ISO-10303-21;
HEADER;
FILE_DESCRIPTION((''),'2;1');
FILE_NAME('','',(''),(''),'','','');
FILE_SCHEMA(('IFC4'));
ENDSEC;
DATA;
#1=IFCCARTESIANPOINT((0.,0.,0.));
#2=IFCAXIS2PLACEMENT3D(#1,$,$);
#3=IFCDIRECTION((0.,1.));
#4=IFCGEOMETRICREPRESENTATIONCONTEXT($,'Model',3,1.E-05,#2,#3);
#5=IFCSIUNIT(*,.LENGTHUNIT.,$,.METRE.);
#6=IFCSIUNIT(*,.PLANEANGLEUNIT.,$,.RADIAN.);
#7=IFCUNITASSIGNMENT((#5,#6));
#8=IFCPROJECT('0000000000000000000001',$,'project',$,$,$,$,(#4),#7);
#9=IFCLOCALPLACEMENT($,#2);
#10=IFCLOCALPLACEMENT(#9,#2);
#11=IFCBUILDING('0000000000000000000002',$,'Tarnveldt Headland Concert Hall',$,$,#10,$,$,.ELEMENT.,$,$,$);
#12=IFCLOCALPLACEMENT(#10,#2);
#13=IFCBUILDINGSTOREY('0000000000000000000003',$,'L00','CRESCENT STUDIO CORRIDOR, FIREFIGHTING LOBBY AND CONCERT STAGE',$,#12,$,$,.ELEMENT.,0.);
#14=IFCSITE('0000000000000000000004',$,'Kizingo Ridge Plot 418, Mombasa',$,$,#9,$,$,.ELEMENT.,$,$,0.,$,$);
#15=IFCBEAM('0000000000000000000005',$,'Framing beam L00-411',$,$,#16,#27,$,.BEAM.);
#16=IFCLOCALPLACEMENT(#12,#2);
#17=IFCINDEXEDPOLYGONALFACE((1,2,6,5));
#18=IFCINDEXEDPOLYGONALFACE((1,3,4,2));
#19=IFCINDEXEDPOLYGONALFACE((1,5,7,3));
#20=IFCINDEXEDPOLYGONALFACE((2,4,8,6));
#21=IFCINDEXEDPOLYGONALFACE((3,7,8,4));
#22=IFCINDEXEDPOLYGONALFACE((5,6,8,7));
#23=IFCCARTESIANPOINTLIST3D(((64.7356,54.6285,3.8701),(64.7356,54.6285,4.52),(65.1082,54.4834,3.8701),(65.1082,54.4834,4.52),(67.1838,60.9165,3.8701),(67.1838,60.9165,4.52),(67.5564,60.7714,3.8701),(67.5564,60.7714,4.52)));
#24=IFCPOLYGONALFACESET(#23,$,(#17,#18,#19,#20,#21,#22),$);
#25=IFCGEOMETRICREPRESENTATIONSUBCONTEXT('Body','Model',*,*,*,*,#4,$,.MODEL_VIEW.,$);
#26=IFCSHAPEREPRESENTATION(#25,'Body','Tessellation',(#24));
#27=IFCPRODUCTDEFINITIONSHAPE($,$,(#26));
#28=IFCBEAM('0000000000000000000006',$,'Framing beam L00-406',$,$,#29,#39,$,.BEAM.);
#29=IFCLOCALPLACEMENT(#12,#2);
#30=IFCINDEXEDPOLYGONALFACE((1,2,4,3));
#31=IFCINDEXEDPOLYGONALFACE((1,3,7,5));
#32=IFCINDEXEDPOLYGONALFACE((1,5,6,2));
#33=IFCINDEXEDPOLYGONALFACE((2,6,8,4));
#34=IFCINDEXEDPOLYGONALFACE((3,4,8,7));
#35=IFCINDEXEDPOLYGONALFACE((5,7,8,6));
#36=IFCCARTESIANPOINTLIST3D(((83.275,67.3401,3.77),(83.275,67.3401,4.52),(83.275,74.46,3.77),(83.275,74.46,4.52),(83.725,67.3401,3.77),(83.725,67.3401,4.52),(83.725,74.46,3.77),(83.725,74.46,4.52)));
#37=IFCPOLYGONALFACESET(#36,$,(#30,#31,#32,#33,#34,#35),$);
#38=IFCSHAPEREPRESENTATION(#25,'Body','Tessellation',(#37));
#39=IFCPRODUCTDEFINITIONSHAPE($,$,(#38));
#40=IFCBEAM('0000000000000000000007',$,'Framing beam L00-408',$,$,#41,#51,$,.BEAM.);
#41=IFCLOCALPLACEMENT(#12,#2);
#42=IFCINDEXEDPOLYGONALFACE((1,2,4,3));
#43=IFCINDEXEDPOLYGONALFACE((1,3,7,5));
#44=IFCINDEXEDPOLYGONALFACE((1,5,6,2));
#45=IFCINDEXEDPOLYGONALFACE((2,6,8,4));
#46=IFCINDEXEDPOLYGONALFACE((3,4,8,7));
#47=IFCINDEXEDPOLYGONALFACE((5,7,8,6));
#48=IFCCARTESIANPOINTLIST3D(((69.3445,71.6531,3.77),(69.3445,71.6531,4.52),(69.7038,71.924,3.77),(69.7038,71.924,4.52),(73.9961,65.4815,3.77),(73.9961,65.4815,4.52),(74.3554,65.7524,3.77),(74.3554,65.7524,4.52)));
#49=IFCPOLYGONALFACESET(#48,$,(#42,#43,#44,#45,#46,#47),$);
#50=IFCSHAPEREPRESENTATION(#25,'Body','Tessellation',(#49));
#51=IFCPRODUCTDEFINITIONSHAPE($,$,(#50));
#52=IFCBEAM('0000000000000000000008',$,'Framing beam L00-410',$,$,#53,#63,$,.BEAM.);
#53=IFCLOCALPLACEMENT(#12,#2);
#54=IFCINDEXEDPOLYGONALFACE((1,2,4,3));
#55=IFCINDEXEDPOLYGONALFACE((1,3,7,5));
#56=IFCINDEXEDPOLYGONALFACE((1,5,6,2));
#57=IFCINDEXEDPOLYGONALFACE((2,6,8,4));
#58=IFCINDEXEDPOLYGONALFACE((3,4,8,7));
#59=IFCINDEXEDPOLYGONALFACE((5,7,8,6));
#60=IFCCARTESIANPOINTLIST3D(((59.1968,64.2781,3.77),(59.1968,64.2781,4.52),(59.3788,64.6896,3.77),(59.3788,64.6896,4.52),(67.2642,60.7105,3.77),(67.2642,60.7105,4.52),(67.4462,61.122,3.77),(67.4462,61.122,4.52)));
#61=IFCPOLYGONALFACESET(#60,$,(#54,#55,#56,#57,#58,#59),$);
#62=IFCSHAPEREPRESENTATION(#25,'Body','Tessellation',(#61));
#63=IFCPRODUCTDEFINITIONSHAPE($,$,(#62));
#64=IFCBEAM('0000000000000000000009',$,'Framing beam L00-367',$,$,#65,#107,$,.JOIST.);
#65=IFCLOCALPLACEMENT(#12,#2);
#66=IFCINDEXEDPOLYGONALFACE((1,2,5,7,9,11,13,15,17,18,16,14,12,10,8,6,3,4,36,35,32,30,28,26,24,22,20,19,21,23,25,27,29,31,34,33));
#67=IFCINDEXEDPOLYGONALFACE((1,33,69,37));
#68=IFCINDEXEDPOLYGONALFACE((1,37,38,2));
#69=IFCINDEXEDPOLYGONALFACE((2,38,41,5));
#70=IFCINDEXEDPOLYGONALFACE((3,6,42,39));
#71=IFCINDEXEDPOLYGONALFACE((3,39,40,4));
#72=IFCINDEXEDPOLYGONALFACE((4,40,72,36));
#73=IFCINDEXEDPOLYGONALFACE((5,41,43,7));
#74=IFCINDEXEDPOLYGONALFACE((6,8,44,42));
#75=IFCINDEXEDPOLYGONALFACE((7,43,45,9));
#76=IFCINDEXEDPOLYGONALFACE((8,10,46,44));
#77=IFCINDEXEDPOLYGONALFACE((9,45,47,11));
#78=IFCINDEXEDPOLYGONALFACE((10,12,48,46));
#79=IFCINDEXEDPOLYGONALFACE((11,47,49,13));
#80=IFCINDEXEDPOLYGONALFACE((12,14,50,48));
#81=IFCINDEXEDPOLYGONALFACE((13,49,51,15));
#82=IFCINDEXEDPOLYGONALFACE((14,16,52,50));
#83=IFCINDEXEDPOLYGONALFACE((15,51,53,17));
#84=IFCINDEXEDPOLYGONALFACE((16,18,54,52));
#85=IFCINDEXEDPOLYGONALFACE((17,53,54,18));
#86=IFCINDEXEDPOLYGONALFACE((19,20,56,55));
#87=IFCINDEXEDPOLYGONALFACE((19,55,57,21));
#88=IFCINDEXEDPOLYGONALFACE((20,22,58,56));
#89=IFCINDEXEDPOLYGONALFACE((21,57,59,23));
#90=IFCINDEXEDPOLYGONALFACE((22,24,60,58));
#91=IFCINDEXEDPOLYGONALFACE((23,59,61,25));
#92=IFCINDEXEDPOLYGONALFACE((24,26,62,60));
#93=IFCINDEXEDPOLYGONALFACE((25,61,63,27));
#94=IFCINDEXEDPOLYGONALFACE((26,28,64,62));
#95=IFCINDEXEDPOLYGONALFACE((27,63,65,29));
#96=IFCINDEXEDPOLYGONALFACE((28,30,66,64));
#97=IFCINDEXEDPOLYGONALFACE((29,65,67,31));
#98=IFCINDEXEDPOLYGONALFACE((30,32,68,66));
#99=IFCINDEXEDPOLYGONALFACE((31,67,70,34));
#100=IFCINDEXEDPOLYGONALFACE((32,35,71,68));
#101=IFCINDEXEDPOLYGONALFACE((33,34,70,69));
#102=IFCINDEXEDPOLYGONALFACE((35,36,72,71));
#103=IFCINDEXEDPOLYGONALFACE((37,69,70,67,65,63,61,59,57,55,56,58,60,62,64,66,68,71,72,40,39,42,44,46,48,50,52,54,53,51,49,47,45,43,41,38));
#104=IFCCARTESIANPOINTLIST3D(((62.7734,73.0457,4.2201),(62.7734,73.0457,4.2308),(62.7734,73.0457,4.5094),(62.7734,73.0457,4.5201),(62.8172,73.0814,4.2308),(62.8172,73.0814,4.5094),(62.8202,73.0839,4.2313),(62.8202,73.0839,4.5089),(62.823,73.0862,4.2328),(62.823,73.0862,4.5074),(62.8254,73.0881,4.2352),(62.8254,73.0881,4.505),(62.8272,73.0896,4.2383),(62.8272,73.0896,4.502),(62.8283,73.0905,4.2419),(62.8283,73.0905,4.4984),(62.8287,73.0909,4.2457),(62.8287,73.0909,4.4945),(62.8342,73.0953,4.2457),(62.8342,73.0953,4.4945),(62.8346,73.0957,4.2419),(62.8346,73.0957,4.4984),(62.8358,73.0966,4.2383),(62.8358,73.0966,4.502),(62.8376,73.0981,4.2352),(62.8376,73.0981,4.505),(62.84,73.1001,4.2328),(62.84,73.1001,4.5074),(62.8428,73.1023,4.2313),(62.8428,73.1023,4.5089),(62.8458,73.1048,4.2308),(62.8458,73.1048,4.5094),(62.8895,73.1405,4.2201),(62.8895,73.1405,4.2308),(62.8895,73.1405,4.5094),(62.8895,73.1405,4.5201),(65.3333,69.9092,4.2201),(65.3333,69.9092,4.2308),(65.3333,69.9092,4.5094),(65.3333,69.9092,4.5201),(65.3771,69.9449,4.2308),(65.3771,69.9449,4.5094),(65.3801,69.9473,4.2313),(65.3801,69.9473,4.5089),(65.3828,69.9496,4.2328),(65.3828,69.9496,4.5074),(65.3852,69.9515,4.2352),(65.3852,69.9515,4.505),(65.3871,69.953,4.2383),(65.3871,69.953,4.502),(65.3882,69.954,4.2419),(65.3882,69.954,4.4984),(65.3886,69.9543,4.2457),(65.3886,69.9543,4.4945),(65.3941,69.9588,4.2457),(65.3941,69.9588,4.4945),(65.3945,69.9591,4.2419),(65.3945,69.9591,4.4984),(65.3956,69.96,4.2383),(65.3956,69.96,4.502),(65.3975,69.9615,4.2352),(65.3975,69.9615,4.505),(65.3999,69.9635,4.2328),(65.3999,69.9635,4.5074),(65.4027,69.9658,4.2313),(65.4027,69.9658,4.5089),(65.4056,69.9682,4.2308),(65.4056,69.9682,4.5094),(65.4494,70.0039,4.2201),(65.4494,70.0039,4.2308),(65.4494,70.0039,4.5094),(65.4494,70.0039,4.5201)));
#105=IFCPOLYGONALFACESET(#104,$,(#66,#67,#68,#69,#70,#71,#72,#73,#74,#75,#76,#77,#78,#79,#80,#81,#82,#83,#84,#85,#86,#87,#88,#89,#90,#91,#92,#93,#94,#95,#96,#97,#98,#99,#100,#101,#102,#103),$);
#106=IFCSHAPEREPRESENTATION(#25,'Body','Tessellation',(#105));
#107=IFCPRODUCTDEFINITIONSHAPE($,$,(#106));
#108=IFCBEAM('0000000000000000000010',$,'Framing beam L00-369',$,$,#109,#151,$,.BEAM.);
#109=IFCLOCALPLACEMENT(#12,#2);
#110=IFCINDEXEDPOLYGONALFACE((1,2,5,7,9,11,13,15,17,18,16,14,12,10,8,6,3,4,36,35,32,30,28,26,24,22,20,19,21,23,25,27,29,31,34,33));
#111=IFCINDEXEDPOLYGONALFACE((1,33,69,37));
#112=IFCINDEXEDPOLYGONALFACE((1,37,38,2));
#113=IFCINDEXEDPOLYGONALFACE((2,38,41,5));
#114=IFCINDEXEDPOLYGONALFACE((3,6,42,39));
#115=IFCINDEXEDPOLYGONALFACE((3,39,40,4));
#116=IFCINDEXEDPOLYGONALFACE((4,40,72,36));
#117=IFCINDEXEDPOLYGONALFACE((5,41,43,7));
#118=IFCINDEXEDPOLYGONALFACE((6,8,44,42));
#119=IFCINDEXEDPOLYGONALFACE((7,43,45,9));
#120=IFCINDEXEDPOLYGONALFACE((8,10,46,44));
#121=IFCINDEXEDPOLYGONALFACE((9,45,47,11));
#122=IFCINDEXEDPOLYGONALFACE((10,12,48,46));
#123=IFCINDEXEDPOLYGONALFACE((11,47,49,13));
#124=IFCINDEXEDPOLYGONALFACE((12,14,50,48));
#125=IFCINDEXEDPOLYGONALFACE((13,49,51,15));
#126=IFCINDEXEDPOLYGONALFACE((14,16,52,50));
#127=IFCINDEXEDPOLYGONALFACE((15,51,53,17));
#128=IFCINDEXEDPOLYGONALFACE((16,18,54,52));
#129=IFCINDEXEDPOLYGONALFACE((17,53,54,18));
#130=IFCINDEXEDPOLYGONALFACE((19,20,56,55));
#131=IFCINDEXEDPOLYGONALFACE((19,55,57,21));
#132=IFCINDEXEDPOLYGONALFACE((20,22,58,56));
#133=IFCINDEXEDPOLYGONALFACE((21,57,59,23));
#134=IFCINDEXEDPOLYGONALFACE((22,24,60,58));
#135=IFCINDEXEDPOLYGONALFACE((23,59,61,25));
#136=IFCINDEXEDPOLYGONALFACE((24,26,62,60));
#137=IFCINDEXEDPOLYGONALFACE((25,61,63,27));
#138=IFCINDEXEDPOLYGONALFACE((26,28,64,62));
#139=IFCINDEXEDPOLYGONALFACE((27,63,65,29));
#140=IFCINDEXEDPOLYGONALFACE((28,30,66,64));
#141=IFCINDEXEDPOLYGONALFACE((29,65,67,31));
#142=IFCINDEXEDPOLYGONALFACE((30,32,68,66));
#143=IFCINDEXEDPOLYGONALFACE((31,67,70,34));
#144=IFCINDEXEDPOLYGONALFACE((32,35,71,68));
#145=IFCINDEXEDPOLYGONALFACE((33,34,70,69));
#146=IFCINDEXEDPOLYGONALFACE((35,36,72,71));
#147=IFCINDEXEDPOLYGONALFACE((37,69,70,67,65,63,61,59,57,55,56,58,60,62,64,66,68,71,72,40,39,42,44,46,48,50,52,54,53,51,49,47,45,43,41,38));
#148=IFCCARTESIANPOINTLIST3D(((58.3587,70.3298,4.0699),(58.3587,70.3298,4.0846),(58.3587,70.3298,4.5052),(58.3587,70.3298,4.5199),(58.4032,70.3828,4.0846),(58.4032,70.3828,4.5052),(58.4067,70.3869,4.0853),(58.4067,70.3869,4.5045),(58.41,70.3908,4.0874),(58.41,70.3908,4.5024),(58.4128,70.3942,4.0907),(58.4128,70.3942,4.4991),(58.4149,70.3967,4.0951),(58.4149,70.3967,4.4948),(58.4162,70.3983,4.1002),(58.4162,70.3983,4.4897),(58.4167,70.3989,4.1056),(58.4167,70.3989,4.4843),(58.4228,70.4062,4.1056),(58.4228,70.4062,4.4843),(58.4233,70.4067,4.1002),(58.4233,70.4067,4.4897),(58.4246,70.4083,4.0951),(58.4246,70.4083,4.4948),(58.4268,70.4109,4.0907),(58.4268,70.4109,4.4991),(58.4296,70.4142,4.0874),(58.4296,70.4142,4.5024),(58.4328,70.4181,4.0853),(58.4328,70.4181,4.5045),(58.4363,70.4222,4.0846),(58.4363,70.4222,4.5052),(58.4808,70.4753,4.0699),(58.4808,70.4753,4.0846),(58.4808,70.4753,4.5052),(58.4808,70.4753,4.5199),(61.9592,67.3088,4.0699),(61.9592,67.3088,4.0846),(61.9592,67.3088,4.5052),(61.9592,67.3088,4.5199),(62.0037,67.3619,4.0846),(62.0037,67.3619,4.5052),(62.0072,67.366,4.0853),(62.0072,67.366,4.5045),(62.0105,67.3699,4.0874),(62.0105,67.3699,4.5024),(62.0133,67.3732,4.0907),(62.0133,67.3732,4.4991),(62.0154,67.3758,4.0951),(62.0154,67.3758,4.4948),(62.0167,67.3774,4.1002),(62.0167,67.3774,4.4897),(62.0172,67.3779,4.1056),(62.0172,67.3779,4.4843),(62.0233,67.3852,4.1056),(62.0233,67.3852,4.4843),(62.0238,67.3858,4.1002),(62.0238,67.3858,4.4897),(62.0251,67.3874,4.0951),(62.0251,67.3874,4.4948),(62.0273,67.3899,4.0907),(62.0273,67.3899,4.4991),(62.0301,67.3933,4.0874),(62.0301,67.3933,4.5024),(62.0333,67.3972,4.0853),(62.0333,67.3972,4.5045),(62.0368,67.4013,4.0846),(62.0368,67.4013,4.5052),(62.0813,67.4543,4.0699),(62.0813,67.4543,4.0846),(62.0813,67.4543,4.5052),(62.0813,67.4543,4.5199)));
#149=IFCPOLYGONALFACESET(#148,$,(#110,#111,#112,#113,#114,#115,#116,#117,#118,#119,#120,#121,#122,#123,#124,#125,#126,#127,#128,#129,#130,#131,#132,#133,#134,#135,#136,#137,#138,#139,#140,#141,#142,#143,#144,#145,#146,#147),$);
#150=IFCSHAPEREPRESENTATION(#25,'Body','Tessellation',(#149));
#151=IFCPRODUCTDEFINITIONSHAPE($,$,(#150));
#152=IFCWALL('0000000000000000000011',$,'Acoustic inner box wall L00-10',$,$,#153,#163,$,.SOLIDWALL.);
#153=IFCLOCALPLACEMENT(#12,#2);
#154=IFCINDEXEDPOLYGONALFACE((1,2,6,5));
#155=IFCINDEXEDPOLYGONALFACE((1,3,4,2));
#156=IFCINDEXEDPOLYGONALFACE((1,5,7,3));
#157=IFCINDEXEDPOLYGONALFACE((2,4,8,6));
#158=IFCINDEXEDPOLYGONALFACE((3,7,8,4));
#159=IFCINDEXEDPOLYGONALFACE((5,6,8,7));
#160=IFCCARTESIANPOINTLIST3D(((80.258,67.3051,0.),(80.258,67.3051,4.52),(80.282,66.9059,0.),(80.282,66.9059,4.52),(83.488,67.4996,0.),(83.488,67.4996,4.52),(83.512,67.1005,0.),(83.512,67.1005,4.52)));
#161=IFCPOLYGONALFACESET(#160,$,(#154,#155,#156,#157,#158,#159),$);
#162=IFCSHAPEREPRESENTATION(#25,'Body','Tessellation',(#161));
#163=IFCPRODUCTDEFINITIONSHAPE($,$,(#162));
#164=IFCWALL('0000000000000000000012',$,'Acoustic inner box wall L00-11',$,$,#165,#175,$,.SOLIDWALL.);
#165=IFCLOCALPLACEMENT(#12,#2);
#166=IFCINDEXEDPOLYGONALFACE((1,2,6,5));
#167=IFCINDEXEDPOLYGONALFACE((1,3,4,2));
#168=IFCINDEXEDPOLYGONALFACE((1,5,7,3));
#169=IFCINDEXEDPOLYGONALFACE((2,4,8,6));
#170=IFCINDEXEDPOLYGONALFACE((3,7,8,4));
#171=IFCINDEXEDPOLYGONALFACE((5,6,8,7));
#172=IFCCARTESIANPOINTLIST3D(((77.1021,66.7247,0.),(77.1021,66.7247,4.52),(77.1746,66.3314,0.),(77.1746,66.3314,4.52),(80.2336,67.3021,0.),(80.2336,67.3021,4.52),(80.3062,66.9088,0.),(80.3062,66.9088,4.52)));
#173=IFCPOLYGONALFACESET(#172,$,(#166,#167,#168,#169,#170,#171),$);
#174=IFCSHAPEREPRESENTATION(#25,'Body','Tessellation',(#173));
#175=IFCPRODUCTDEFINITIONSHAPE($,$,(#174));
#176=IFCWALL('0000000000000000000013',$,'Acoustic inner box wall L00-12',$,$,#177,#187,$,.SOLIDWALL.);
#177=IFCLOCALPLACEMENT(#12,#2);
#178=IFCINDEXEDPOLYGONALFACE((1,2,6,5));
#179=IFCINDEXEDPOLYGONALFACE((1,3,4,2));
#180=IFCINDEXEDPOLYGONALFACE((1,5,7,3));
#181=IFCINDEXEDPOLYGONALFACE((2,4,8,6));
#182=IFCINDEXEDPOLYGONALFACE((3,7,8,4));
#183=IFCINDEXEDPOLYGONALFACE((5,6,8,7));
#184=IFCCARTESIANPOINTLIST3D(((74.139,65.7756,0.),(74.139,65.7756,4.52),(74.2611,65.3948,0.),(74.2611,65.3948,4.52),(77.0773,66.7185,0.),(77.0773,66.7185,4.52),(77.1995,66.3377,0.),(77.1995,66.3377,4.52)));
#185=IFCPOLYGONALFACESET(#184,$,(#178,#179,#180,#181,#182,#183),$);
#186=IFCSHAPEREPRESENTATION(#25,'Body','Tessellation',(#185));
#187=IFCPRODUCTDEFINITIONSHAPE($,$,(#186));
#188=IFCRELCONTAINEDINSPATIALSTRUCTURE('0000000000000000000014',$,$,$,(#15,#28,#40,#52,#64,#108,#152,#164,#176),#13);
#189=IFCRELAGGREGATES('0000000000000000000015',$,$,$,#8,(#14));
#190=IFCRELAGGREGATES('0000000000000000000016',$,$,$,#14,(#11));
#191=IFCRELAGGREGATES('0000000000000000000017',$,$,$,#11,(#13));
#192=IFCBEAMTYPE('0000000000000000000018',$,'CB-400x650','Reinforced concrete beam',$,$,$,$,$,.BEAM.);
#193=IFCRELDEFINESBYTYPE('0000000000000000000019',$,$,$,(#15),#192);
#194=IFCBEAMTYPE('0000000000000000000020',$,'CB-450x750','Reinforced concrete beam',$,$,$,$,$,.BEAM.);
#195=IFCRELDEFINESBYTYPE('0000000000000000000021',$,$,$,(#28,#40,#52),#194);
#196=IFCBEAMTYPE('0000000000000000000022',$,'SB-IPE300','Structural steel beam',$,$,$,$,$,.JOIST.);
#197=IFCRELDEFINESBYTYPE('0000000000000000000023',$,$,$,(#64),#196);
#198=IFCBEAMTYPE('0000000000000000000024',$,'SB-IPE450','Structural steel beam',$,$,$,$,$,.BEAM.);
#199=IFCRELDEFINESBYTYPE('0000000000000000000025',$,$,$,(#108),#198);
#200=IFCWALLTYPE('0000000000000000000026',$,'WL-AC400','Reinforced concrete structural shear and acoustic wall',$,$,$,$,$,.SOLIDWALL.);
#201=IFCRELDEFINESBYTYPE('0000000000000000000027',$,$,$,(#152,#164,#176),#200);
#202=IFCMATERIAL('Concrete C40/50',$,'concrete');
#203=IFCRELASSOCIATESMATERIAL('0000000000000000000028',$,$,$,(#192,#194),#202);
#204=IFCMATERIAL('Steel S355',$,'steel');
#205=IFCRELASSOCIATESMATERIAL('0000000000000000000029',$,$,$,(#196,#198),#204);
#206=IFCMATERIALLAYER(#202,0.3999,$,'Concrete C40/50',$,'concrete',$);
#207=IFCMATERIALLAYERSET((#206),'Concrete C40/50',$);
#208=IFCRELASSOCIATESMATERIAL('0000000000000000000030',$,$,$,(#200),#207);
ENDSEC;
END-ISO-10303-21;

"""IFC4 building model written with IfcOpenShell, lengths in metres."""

from ifc_helpers import new_model, si_unit, direction, frame, frame_2d, origin, origin_2d, place, context, subcontext, project, spatial, rectangle, i_section, extrude, material, layer, layer_set, material_profile, profile_set, type_object, element, save


model = new_model("IFC4")

# Units and contexts
model_context = context("Model", 3, precision=1e-05, world=origin(), true_north=direction((0.0, 1.0)))
body_context = subcontext(model_context, "Body", "Model", "MODEL_VIEW")
ifc_project = project(units=[si_unit("LENGTHUNIT", "METRE"), si_unit("PLANEANGLEUNIT", "RADIAN")], contexts=[model_context])

# Site, building, storey
site_placement = place(None, origin())
site = spatial("IfcSite", under=ifc_project, at=site_placement, Name="Kizingo Ridge Plot 418, Mombasa", CompositionType="ELEMENT", RefElevation=0.0)
building_placement = place(site_placement, origin())
building = spatial("IfcBuilding", under=site, at=building_placement, Name="Tarnveldt Headland Concert Hall", CompositionType="ELEMENT")
storey_placement = place(building_placement, origin())
storey = spatial("IfcBuildingStorey", under=building, at=storey_placement, Name="L00", Description="CRESCENT STUDIO CORRIDOR, FIREFIGHTING LOBBY AND CONCERT STAGE", CompositionType="ELEMENT", Elevation=0.0)

# Shared definitions
ifc_material_1 = material(Name="Concrete C40/50", Category="concrete")
ifc_material_2 = material(Name="Steel S355", Category="steel")

# Beams
ifc_material_profile_1 = material_profile(ifc_material_1, rectangle(XDim=0.3999, YDim=0.6499, at=origin_2d()), Name="RC 400x650", Category="concrete")
ifc_profile_set_1 = profile_set([ifc_material_profile_1], Name="Concrete C40/50")
beam_type_1 = type_object("IfcBeamType", Name="CB-400x650", Description="Reinforced concrete beam", PredefinedType="BEAM", material=ifc_profile_set_1)
beam_1_placement = place(storey_placement, frame((67.3701, 60.844, 4.1951), z_axis=(-0.362816, -0.931861, 0.0), x_axis=(0.931861, -0.362816, 0.0)))
element("IfcBeam", 1, at=beam_1_placement, inside=storey, type_object=beam_type_1, Name="Framing beam L00-411", PredefinedType="BEAM", context=body_context, shape_type="SweptSolid", body=[
    extrude(rectangle(XDim=0.3999, YDim=0.6499, at=origin_2d()), origin(), (0.0, 0.0, 1.0), 6.7478),
])
ifc_material_profile_2 = material_profile(ifc_material_1, rectangle(XDim=0.45, YDim=0.75, at=origin_2d()), Name="RC 450x750", Category="concrete")
ifc_profile_set_2 = profile_set([ifc_material_profile_2], Name="Concrete C40/50")
beam_type_2 = type_object("IfcBeamType", Name="CB-450x750", Description="Reinforced concrete beam", PredefinedType="BEAM", material=ifc_profile_set_2)
beam_2_placement = place(storey_placement, frame((83.5, 67.3401, 4.145), z_axis=(0.0, 1.0, 0.0), x_axis=(-1.0, 0.0, 0.0)))
element("IfcBeam", 2, at=beam_2_placement, inside=storey, type_object=beam_type_2, Name="Framing beam L00-406", PredefinedType="BEAM", context=body_context, shape_type="SweptSolid", body=[
    extrude(rectangle(XDim=0.45, YDim=0.75, at=origin_2d()), origin(), (0.0, 0.0, 1.0), 7.1199),
])
beam_3_placement = place(storey_placement, frame((74.1758, 65.6169, 4.145), z_axis=(-0.601894, 0.798576, 0.0), x_axis=(-0.798576, -0.601894, 0.0)))
element("IfcBeam", 3, at=beam_3_placement, inside=storey, type_object=beam_type_2, Name="Framing beam L00-408", PredefinedType="BEAM", context=body_context, shape_type="SweptSolid", body=[
    extrude(rectangle(XDim=0.45, YDim=0.75, at=origin_2d()), origin(), (0.0, 0.0, 1.0), 7.7283),
])
beam_4_placement = place(storey_placement, frame((67.3552, 60.9163, 4.145), z_axis=(-0.914562, 0.404445, 0.0), x_axis=(-0.404445, -0.914562, 0.0)))
element("IfcBeam", 4, at=beam_4_placement, inside=storey, type_object=beam_type_2, Name="Framing beam L00-410", PredefinedType="BEAM", context=body_context, shape_type="SweptSolid", body=[
    extrude(rectangle(XDim=0.45, YDim=0.75, at=origin_2d()), origin(), (0.0, 0.0, 1.0), 8.821),
])
ifc_material_profile_3 = material_profile(ifc_material_2, i_section(OverallWidth=0.1499, OverallDepth=0.3, WebThickness=0.0071, FlangeThickness=0.0107, FilletRadius=0.0149, at=origin_2d()), Name="IPE300", Category="steel")
ifc_profile_set_3 = profile_set([ifc_material_profile_3], Name="Steel S355")
beam_type_3 = type_object("IfcBeamType", Name="SB-IPE300", Description="Structural steel beam", PredefinedType="JOIST", material=ifc_profile_set_3)
beam_5_placement = place(storey_placement, frame((65.3914, 69.9565, 4.3701), z_axis=(-0.632292, 0.774731, 0.0), x_axis=(-0.774731, -0.632292, 0.0)))
element("IfcBeam", 5, at=beam_5_placement, inside=storey, type_object=beam_type_3, Name="Framing beam L00-367", PredefinedType="JOIST", context=body_context, shape_type="SweptSolid", body=[
    extrude(i_section(OverallWidth=0.1499, OverallDepth=0.3, WebThickness=0.0071, FlangeThickness=0.0107, FilletRadius=0.0149, at=origin_2d()), origin(), (0.0, 0.0, 1.0), 4.0486),
])
ifc_material_profile_4 = material_profile(ifc_material_2, i_section(OverallWidth=0.1899, OverallDepth=0.45, WebThickness=0.0095, FlangeThickness=0.0146, FilletRadius=0.021, at=origin_2d()), Name="IPE450", Category="steel")
ifc_profile_set_4 = profile_set([ifc_material_profile_4], Name="Steel S355")
beam_type_4 = type_object("IfcBeamType", Name="SB-IPE450", Description="Structural steel beam", PredefinedType="BEAM", material=ifc_profile_set_4)
beam_6_placement = place(storey_placement, frame((62.0203, 67.3816, 4.2949), z_axis=(-0.766071, 0.642756, 0.0), x_axis=(-0.642756, -0.766071, 0.0)))
element("IfcBeam", 6, at=beam_6_placement, inside=storey, type_object=beam_type_4, Name="Framing beam L00-369", PredefinedType="BEAM", context=body_context, shape_type="SweptSolid", body=[
    extrude(i_section(OverallWidth=0.1899, OverallDepth=0.45, WebThickness=0.0095, FlangeThickness=0.0146, FilletRadius=0.021, at=origin_2d()), origin(), (0.0, 0.0, 1.0), 4.7),
])

# Walls
ifc_layer_1 = layer(ifc_material_1, 0.3999, Name="Concrete C40/50", Category="concrete")
ifc_layer_set_1 = layer_set([ifc_layer_1], Name="Concrete C40/50")
wall_type_1 = type_object("IfcWallType", Name="WL-AC400", Description="Reinforced concrete structural shear and acoustic wall", PredefinedType="SOLIDWALL", material=ifc_layer_set_1)
wall_1_placement = place(storey_placement, frame((83.5, 67.3, 0.0), z_axis=(0.0, 0.0, 1.0), x_axis=(-0.99819, -0.060133, 0.0)))
element("IfcWall", 7, at=wall_1_placement, inside=storey, type_object=wall_type_1, Name="Acoustic inner box wall L00-10", PredefinedType="SOLIDWALL", context=body_context, shape_type="SweptSolid", body=[
    extrude(rectangle(XDim=3.2358, YDim=0.3999, at=frame_2d((1.6179, 0.0))), origin(), (0.0, 0.0, 1.0), 4.52),
])
wall_2_placement = place(storey_placement, frame((80.27, 67.1055, 0.0), z_axis=(0.0, 0.0, 1.0), x_axis=(-0.983424, -0.18132, 0.0)))
element("IfcWall", 8, at=wall_2_placement, inside=storey, type_object=wall_type_1, Name="Acoustic inner box wall L00-11", PredefinedType="SOLIDWALL", context=body_context, shape_type="SweptSolid", body=[
    extrude(rectangle(XDim=3.1843, YDim=0.3999, at=frame_2d((1.5923, 0.0))), origin(), (0.0, 0.0, 1.0), 4.52),
])
wall_3_placement = place(storey_placement, frame((77.1384, 66.5281, 0.0), z_axis=(0.0, 0.0, 1.0), x_axis=(-0.952183, -0.305528, 0.0)))
element("IfcWall", 9, at=wall_3_placement, inside=storey, type_object=wall_type_1, Name="Acoustic inner box wall L00-12", PredefinedType="SOLIDWALL", context=body_context, shape_type="SweptSolid", body=[
    extrude(rectangle(XDim=3.0859, YDim=0.3999, at=frame_2d((1.543, 0.0))), origin(), (0.0, 0.0, 1.0), 4.52),
])

save(model, "model.ifc")
